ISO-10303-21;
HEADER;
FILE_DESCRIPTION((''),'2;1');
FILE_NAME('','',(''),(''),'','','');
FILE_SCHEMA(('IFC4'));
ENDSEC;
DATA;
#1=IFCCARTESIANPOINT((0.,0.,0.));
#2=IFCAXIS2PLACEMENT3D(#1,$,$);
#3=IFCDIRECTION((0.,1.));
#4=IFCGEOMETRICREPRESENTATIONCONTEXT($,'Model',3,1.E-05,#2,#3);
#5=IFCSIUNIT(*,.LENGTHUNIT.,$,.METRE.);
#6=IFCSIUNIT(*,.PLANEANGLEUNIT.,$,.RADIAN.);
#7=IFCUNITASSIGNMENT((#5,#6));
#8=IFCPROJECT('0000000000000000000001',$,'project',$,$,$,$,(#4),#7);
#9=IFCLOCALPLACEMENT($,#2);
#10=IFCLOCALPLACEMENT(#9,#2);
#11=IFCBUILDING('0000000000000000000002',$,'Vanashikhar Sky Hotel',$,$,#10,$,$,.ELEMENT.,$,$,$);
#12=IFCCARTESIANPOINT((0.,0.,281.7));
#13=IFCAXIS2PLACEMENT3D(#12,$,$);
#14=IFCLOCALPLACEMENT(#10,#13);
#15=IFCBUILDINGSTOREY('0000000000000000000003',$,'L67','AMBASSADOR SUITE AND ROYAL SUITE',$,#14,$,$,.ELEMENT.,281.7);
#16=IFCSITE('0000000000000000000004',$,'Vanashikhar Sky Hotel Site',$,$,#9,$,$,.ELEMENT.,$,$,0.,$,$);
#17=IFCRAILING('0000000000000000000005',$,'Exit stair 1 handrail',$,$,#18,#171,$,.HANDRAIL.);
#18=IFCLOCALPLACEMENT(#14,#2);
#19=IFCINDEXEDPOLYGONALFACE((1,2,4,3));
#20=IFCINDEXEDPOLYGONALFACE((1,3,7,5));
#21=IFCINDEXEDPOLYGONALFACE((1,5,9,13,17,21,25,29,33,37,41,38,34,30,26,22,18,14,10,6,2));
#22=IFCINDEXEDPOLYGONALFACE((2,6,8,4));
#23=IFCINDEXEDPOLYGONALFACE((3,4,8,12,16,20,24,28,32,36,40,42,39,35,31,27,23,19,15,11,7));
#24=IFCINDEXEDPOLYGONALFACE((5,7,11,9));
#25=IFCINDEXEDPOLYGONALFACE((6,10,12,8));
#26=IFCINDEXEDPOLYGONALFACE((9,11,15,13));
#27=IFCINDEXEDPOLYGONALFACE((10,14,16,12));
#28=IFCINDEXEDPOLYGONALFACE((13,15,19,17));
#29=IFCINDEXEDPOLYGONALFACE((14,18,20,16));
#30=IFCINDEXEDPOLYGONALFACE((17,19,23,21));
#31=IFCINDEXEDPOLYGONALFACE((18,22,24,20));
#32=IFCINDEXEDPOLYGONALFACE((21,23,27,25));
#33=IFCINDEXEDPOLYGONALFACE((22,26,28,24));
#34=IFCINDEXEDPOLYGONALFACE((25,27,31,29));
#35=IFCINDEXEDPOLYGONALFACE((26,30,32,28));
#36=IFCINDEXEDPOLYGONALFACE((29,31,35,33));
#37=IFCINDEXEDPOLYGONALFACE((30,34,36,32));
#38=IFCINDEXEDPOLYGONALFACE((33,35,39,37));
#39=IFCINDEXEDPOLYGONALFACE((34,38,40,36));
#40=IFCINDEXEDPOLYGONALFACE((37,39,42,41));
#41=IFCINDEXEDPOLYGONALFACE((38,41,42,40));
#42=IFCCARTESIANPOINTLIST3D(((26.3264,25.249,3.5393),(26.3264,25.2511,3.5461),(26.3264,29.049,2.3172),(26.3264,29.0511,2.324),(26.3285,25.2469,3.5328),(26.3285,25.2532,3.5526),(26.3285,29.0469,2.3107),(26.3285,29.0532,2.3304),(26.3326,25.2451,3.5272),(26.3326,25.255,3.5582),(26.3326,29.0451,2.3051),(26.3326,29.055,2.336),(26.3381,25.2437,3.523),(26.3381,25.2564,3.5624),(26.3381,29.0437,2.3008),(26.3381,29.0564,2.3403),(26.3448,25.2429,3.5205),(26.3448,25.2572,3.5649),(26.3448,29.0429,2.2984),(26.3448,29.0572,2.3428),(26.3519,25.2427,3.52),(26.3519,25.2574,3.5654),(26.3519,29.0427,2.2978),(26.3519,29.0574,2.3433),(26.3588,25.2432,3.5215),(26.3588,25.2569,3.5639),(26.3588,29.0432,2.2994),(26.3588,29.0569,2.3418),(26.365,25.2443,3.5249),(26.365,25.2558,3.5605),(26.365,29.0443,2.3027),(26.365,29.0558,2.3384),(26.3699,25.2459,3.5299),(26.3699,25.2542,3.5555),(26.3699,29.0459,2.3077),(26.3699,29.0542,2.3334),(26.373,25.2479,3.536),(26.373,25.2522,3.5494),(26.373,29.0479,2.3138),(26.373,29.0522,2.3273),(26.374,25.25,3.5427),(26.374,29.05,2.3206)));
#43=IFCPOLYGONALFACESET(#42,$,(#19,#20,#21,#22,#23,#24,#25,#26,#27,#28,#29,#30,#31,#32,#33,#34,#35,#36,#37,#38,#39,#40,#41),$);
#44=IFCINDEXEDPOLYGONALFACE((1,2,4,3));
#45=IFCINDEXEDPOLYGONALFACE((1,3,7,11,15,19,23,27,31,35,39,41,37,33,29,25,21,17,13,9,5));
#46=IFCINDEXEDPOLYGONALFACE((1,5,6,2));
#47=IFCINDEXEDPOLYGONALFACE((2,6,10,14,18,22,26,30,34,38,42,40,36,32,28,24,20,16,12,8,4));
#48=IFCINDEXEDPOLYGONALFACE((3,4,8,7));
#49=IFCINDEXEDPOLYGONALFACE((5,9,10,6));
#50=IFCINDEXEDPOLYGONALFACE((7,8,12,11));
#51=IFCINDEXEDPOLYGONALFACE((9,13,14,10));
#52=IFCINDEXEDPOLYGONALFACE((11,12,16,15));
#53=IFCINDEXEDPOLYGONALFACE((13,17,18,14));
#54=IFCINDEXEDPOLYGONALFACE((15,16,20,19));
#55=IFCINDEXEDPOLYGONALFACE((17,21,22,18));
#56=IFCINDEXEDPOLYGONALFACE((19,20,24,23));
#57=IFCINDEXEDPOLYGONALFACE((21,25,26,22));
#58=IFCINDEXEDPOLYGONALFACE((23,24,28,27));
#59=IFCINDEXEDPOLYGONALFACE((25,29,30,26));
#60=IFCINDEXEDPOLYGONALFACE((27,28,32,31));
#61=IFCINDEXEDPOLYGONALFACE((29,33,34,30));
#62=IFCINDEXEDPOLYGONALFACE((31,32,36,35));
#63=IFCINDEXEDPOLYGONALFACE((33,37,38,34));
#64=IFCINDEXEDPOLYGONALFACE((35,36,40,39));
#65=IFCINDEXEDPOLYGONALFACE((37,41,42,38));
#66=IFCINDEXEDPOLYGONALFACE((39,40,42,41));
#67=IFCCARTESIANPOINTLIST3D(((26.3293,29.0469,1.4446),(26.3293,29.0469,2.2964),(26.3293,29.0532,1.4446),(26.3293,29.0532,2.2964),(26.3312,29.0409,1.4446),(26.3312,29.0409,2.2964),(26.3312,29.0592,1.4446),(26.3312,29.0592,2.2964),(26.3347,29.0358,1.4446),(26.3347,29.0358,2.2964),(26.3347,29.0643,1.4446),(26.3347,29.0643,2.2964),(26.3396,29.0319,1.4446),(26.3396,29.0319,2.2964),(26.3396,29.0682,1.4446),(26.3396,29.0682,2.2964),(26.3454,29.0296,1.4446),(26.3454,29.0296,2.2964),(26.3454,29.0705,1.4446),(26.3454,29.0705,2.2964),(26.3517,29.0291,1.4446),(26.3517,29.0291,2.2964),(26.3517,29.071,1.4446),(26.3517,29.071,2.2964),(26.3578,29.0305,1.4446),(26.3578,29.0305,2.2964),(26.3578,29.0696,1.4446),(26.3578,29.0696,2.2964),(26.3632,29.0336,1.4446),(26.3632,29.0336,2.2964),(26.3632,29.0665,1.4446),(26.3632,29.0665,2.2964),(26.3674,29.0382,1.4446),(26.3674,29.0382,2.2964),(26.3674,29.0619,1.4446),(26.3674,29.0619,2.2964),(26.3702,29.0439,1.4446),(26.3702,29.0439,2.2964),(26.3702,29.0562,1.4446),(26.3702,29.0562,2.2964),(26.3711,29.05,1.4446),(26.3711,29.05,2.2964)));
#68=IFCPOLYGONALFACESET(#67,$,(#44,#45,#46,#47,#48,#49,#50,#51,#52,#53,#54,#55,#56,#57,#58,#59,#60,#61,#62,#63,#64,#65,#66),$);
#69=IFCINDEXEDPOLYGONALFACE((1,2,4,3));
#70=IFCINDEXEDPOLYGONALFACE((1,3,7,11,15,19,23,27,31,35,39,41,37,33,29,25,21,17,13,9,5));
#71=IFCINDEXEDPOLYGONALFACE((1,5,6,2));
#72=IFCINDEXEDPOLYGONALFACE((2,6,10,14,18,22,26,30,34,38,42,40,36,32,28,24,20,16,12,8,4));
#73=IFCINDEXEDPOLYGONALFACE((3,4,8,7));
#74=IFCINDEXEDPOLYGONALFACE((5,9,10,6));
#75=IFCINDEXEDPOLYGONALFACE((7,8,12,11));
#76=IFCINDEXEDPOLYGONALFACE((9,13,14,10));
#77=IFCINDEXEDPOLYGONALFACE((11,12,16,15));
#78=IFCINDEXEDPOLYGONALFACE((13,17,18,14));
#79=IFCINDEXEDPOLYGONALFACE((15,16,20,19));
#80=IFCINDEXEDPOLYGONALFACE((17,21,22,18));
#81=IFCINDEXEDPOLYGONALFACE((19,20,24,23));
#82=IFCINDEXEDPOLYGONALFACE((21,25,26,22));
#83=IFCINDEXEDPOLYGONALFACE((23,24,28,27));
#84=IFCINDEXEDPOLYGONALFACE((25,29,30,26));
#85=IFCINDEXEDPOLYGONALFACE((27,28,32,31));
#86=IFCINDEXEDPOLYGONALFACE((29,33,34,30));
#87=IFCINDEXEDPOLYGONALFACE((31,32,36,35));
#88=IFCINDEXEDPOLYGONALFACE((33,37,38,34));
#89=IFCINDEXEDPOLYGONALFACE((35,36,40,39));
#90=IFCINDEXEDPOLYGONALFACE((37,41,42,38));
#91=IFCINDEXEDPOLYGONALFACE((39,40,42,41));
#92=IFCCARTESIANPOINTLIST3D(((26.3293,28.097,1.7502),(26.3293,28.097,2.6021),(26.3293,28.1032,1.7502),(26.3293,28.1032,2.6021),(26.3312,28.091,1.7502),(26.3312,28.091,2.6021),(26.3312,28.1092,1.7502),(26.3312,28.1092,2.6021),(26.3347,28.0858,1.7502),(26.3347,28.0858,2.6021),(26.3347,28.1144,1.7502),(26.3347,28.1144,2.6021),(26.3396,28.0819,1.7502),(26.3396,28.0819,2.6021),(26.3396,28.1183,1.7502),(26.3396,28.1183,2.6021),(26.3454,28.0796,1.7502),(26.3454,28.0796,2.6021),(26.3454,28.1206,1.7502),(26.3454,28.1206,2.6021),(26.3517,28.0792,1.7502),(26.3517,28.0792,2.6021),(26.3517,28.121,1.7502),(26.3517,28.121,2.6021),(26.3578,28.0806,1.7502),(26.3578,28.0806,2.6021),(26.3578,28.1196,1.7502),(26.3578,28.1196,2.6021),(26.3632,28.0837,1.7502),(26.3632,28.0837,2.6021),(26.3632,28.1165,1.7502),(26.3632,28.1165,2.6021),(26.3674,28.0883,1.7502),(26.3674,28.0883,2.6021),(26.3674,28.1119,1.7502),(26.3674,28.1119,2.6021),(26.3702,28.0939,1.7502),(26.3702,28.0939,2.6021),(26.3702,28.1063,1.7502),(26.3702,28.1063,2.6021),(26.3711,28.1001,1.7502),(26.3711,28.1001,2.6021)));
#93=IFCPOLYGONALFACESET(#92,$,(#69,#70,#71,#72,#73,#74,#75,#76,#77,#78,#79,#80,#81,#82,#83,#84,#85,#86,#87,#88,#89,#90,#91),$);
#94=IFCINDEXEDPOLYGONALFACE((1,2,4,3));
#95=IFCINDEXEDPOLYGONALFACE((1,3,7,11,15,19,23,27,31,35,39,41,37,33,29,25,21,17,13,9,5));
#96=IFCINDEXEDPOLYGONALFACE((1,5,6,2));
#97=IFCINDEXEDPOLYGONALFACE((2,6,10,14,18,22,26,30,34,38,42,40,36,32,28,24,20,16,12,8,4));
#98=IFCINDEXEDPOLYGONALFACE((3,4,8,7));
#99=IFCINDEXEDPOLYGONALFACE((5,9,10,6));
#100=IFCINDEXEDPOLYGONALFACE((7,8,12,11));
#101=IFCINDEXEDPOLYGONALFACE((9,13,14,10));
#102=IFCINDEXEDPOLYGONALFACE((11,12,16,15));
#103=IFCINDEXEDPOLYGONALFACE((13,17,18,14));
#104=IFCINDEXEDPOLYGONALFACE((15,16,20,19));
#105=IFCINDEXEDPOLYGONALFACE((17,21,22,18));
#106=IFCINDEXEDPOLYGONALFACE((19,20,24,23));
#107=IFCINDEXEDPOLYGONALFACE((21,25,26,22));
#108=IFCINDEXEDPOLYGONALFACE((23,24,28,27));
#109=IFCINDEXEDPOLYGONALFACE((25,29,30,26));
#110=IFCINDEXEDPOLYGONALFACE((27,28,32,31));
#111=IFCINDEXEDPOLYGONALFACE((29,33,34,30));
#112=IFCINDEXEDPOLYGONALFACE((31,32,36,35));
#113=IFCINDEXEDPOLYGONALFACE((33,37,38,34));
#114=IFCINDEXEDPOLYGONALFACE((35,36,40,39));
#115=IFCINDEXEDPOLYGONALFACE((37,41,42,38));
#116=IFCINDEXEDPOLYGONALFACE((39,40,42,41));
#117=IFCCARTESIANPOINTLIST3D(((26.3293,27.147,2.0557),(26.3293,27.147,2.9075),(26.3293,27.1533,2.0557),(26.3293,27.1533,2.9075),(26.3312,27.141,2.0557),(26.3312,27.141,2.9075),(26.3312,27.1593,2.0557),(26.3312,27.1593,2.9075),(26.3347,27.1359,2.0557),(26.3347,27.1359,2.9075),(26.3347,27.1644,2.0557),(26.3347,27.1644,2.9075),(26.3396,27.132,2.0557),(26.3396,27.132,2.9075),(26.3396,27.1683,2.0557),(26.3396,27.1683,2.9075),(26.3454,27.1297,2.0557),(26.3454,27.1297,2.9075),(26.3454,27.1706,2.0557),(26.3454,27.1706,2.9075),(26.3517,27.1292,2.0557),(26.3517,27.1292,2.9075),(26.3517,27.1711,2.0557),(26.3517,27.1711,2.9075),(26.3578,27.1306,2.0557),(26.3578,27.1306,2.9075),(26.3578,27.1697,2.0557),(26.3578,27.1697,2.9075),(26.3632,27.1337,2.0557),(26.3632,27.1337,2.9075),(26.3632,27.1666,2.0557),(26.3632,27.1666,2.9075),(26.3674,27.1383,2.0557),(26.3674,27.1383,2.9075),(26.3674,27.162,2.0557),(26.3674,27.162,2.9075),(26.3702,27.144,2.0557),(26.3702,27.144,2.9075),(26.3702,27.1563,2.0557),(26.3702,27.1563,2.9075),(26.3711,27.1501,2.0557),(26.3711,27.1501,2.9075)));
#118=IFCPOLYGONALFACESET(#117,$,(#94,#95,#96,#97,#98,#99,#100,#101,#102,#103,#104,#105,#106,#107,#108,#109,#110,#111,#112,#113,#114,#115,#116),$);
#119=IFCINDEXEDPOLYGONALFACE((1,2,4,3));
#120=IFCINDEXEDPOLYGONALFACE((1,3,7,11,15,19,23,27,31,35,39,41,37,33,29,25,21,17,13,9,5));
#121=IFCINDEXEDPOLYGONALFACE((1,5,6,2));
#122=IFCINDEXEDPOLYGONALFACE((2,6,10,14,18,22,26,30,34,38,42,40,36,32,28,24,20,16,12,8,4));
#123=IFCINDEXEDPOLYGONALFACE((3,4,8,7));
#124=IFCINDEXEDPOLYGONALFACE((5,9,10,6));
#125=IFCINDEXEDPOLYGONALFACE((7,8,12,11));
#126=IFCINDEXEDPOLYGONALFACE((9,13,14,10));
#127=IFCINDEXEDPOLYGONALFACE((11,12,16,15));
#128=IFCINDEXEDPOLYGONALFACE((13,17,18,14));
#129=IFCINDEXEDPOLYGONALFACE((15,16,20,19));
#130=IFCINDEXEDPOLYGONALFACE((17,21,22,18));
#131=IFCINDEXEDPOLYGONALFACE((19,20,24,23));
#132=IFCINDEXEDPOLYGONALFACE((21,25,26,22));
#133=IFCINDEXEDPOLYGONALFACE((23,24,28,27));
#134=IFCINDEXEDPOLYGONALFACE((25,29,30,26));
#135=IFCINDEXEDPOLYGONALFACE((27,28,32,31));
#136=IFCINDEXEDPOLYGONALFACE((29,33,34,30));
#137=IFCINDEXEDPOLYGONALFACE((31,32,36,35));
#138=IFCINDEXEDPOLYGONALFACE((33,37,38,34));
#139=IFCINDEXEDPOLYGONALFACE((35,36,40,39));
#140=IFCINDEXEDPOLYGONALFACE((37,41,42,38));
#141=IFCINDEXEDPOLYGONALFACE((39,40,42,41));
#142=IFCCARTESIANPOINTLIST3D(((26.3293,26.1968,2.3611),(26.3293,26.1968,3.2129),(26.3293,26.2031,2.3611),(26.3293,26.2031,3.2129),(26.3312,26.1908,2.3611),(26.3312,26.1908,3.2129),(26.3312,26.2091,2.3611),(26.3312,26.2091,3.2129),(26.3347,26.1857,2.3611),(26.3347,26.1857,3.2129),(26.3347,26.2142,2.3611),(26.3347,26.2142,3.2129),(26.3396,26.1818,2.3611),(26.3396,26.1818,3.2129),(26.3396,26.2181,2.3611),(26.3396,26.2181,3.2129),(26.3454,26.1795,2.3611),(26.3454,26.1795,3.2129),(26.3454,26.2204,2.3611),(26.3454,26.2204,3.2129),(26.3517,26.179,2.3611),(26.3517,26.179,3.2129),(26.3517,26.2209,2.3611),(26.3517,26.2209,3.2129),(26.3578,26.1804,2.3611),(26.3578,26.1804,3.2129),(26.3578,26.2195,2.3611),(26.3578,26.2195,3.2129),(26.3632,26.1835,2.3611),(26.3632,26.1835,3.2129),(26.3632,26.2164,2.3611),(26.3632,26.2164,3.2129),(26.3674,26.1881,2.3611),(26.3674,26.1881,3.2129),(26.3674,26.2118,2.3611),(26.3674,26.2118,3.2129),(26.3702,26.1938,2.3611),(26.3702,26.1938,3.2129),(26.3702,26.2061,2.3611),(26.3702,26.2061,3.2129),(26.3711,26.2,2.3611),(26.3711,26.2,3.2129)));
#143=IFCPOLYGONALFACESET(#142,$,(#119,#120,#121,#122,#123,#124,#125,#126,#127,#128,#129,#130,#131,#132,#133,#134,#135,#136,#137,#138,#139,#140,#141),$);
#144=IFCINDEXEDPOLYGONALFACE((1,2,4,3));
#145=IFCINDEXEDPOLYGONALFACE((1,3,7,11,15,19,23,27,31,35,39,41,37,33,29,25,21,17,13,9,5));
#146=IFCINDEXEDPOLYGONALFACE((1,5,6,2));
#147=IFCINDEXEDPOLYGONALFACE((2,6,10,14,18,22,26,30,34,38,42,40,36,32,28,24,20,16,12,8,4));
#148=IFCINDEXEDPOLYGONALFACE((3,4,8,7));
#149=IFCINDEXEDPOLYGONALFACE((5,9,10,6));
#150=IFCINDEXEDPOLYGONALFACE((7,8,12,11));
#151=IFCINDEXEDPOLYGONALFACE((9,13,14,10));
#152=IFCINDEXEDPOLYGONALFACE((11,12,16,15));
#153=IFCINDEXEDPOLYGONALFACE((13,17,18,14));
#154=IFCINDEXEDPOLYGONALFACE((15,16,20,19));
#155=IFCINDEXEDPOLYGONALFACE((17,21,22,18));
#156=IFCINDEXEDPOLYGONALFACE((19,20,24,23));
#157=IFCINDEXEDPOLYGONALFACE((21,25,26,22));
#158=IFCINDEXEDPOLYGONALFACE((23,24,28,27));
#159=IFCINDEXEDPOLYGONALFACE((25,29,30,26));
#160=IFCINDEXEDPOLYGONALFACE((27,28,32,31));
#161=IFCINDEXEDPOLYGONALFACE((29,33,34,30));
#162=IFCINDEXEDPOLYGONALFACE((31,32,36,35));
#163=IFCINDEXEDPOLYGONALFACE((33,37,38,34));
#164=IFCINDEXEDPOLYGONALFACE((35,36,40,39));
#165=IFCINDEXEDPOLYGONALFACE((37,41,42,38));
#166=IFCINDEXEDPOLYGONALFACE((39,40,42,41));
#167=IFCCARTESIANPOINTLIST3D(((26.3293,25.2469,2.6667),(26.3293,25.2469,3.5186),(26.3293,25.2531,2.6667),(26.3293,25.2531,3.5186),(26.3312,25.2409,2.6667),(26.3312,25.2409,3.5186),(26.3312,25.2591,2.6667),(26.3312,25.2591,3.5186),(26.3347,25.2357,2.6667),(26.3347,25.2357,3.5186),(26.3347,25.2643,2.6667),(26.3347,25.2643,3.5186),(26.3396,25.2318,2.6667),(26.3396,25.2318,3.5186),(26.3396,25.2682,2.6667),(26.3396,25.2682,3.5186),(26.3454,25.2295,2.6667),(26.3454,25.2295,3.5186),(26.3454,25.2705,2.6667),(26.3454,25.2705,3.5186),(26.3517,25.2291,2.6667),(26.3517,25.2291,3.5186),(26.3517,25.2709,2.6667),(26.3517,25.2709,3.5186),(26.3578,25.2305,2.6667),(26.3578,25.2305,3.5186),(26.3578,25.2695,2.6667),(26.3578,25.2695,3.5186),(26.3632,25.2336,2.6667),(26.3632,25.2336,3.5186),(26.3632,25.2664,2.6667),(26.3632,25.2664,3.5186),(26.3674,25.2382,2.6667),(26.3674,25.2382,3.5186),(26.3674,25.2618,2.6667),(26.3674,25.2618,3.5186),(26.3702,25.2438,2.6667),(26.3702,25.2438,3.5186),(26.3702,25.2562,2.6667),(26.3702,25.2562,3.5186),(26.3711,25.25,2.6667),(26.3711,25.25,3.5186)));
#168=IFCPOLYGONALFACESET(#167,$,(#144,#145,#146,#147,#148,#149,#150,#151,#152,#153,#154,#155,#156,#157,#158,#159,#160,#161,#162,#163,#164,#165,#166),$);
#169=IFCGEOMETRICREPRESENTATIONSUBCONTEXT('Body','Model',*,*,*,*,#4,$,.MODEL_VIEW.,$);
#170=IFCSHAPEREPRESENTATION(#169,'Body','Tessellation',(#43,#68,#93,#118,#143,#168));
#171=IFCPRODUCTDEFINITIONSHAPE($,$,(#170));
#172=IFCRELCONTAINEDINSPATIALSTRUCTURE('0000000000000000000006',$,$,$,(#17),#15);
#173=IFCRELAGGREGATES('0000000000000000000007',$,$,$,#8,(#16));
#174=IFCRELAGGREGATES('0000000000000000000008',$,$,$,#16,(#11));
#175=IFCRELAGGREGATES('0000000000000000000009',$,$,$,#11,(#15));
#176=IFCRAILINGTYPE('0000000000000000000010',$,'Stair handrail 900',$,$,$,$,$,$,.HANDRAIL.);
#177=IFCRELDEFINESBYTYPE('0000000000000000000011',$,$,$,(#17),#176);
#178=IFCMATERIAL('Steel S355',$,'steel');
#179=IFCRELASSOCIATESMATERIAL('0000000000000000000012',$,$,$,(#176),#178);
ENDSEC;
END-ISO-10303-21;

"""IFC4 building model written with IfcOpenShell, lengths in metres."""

from ifc_helpers import new_model, si_unit, direction, frame, origin, origin_2d, place, context, subcontext, project, spatial, circle, extrude, source, transform, mapped, material, type_object, element, save


model = new_model("IFC4")

# Units and contexts
model_context = context("Model", 3, precision=1e-05, world=origin(), true_north=direction((0.0, 1.0)))
body_context = subcontext(model_context, "Body", "Model", "MODEL_VIEW")
ifc_project = project(units=[si_unit("LENGTHUNIT", "METRE"), si_unit("PLANEANGLEUNIT", "RADIAN")], contexts=[model_context])

# Site, building, storey
site_placement = place(None, origin())
site = spatial("IfcSite", under=ifc_project, at=site_placement, Name="Vanashikhar Sky Hotel Site", CompositionType="ELEMENT", RefElevation=0.0)
building_placement = place(site_placement, origin())
building = spatial("IfcBuilding", under=site, at=building_placement, Name="Vanashikhar Sky Hotel", CompositionType="ELEMENT")
storey_placement = place(building_placement, frame((0.0, 0.0, 281.7)))
storey = spatial("IfcBuildingStorey", under=building, at=storey_placement, Name="L67", Description="AMBASSADOR SUITE AND ROYAL SUITE", CompositionType="ELEMENT", Elevation=281.7)

# Railing
ifc_material_1 = material(Name="Steel S355", Category="steel")
railing_type_1 = type_object("IfcRailingType", Name="Stair handrail 900", PredefinedType="HANDRAIL", material=ifc_material_1)
shared_shape_1 = source(origin(), body_context, "Body", "SweptSolid", [
    extrude(circle(Radius=0.0239, at=origin_2d()), frame((0.0, 0.0, 0.876), z_axis=(0.0, -0.951976, 0.306173), x_axis=(1.0, 0.0, 0.0)), (0.0, 0.0, 1.0), 3.9917),
    extrude(circle(Radius=0.021, at=origin_2d()), origin(), (0.0, 0.0, 1.0), 0.8518),
    extrude(circle(Radius=0.021, at=origin_2d()), frame((0.0, -0.95, 0.3057)), (0.0, 0.0, 1.0), 0.8518),
    extrude(circle(Radius=0.021, at=origin_2d()), frame((0.0, -1.8999, 0.6111)), (0.0, 0.0, 1.0), 0.8518),
    extrude(circle(Radius=0.021, at=origin_2d()), frame((0.0, -2.8501, 0.9165)), (0.0, 0.0, 1.0), 0.8518),
    extrude(circle(Radius=0.021, at=origin_2d()), frame((0.0, -3.8, 1.2222)), (0.0, 0.0, 1.0), 0.8518),
])
railing_1_placement = place(storey_placement, frame((26.3501, 29.05, 1.4446)))
element("IfcRailing", 1, at=railing_1_placement, inside=storey, type_object=railing_type_1, Name="Exit stair 1 handrail", PredefinedType="HANDRAIL", context=body_context, shape_type="MappedRepresentation", body=[
    mapped(shared_shape_1, transform((0.0, 0.0, 0.0), scale=1.0)),
])

save(model, "model.ifc")
